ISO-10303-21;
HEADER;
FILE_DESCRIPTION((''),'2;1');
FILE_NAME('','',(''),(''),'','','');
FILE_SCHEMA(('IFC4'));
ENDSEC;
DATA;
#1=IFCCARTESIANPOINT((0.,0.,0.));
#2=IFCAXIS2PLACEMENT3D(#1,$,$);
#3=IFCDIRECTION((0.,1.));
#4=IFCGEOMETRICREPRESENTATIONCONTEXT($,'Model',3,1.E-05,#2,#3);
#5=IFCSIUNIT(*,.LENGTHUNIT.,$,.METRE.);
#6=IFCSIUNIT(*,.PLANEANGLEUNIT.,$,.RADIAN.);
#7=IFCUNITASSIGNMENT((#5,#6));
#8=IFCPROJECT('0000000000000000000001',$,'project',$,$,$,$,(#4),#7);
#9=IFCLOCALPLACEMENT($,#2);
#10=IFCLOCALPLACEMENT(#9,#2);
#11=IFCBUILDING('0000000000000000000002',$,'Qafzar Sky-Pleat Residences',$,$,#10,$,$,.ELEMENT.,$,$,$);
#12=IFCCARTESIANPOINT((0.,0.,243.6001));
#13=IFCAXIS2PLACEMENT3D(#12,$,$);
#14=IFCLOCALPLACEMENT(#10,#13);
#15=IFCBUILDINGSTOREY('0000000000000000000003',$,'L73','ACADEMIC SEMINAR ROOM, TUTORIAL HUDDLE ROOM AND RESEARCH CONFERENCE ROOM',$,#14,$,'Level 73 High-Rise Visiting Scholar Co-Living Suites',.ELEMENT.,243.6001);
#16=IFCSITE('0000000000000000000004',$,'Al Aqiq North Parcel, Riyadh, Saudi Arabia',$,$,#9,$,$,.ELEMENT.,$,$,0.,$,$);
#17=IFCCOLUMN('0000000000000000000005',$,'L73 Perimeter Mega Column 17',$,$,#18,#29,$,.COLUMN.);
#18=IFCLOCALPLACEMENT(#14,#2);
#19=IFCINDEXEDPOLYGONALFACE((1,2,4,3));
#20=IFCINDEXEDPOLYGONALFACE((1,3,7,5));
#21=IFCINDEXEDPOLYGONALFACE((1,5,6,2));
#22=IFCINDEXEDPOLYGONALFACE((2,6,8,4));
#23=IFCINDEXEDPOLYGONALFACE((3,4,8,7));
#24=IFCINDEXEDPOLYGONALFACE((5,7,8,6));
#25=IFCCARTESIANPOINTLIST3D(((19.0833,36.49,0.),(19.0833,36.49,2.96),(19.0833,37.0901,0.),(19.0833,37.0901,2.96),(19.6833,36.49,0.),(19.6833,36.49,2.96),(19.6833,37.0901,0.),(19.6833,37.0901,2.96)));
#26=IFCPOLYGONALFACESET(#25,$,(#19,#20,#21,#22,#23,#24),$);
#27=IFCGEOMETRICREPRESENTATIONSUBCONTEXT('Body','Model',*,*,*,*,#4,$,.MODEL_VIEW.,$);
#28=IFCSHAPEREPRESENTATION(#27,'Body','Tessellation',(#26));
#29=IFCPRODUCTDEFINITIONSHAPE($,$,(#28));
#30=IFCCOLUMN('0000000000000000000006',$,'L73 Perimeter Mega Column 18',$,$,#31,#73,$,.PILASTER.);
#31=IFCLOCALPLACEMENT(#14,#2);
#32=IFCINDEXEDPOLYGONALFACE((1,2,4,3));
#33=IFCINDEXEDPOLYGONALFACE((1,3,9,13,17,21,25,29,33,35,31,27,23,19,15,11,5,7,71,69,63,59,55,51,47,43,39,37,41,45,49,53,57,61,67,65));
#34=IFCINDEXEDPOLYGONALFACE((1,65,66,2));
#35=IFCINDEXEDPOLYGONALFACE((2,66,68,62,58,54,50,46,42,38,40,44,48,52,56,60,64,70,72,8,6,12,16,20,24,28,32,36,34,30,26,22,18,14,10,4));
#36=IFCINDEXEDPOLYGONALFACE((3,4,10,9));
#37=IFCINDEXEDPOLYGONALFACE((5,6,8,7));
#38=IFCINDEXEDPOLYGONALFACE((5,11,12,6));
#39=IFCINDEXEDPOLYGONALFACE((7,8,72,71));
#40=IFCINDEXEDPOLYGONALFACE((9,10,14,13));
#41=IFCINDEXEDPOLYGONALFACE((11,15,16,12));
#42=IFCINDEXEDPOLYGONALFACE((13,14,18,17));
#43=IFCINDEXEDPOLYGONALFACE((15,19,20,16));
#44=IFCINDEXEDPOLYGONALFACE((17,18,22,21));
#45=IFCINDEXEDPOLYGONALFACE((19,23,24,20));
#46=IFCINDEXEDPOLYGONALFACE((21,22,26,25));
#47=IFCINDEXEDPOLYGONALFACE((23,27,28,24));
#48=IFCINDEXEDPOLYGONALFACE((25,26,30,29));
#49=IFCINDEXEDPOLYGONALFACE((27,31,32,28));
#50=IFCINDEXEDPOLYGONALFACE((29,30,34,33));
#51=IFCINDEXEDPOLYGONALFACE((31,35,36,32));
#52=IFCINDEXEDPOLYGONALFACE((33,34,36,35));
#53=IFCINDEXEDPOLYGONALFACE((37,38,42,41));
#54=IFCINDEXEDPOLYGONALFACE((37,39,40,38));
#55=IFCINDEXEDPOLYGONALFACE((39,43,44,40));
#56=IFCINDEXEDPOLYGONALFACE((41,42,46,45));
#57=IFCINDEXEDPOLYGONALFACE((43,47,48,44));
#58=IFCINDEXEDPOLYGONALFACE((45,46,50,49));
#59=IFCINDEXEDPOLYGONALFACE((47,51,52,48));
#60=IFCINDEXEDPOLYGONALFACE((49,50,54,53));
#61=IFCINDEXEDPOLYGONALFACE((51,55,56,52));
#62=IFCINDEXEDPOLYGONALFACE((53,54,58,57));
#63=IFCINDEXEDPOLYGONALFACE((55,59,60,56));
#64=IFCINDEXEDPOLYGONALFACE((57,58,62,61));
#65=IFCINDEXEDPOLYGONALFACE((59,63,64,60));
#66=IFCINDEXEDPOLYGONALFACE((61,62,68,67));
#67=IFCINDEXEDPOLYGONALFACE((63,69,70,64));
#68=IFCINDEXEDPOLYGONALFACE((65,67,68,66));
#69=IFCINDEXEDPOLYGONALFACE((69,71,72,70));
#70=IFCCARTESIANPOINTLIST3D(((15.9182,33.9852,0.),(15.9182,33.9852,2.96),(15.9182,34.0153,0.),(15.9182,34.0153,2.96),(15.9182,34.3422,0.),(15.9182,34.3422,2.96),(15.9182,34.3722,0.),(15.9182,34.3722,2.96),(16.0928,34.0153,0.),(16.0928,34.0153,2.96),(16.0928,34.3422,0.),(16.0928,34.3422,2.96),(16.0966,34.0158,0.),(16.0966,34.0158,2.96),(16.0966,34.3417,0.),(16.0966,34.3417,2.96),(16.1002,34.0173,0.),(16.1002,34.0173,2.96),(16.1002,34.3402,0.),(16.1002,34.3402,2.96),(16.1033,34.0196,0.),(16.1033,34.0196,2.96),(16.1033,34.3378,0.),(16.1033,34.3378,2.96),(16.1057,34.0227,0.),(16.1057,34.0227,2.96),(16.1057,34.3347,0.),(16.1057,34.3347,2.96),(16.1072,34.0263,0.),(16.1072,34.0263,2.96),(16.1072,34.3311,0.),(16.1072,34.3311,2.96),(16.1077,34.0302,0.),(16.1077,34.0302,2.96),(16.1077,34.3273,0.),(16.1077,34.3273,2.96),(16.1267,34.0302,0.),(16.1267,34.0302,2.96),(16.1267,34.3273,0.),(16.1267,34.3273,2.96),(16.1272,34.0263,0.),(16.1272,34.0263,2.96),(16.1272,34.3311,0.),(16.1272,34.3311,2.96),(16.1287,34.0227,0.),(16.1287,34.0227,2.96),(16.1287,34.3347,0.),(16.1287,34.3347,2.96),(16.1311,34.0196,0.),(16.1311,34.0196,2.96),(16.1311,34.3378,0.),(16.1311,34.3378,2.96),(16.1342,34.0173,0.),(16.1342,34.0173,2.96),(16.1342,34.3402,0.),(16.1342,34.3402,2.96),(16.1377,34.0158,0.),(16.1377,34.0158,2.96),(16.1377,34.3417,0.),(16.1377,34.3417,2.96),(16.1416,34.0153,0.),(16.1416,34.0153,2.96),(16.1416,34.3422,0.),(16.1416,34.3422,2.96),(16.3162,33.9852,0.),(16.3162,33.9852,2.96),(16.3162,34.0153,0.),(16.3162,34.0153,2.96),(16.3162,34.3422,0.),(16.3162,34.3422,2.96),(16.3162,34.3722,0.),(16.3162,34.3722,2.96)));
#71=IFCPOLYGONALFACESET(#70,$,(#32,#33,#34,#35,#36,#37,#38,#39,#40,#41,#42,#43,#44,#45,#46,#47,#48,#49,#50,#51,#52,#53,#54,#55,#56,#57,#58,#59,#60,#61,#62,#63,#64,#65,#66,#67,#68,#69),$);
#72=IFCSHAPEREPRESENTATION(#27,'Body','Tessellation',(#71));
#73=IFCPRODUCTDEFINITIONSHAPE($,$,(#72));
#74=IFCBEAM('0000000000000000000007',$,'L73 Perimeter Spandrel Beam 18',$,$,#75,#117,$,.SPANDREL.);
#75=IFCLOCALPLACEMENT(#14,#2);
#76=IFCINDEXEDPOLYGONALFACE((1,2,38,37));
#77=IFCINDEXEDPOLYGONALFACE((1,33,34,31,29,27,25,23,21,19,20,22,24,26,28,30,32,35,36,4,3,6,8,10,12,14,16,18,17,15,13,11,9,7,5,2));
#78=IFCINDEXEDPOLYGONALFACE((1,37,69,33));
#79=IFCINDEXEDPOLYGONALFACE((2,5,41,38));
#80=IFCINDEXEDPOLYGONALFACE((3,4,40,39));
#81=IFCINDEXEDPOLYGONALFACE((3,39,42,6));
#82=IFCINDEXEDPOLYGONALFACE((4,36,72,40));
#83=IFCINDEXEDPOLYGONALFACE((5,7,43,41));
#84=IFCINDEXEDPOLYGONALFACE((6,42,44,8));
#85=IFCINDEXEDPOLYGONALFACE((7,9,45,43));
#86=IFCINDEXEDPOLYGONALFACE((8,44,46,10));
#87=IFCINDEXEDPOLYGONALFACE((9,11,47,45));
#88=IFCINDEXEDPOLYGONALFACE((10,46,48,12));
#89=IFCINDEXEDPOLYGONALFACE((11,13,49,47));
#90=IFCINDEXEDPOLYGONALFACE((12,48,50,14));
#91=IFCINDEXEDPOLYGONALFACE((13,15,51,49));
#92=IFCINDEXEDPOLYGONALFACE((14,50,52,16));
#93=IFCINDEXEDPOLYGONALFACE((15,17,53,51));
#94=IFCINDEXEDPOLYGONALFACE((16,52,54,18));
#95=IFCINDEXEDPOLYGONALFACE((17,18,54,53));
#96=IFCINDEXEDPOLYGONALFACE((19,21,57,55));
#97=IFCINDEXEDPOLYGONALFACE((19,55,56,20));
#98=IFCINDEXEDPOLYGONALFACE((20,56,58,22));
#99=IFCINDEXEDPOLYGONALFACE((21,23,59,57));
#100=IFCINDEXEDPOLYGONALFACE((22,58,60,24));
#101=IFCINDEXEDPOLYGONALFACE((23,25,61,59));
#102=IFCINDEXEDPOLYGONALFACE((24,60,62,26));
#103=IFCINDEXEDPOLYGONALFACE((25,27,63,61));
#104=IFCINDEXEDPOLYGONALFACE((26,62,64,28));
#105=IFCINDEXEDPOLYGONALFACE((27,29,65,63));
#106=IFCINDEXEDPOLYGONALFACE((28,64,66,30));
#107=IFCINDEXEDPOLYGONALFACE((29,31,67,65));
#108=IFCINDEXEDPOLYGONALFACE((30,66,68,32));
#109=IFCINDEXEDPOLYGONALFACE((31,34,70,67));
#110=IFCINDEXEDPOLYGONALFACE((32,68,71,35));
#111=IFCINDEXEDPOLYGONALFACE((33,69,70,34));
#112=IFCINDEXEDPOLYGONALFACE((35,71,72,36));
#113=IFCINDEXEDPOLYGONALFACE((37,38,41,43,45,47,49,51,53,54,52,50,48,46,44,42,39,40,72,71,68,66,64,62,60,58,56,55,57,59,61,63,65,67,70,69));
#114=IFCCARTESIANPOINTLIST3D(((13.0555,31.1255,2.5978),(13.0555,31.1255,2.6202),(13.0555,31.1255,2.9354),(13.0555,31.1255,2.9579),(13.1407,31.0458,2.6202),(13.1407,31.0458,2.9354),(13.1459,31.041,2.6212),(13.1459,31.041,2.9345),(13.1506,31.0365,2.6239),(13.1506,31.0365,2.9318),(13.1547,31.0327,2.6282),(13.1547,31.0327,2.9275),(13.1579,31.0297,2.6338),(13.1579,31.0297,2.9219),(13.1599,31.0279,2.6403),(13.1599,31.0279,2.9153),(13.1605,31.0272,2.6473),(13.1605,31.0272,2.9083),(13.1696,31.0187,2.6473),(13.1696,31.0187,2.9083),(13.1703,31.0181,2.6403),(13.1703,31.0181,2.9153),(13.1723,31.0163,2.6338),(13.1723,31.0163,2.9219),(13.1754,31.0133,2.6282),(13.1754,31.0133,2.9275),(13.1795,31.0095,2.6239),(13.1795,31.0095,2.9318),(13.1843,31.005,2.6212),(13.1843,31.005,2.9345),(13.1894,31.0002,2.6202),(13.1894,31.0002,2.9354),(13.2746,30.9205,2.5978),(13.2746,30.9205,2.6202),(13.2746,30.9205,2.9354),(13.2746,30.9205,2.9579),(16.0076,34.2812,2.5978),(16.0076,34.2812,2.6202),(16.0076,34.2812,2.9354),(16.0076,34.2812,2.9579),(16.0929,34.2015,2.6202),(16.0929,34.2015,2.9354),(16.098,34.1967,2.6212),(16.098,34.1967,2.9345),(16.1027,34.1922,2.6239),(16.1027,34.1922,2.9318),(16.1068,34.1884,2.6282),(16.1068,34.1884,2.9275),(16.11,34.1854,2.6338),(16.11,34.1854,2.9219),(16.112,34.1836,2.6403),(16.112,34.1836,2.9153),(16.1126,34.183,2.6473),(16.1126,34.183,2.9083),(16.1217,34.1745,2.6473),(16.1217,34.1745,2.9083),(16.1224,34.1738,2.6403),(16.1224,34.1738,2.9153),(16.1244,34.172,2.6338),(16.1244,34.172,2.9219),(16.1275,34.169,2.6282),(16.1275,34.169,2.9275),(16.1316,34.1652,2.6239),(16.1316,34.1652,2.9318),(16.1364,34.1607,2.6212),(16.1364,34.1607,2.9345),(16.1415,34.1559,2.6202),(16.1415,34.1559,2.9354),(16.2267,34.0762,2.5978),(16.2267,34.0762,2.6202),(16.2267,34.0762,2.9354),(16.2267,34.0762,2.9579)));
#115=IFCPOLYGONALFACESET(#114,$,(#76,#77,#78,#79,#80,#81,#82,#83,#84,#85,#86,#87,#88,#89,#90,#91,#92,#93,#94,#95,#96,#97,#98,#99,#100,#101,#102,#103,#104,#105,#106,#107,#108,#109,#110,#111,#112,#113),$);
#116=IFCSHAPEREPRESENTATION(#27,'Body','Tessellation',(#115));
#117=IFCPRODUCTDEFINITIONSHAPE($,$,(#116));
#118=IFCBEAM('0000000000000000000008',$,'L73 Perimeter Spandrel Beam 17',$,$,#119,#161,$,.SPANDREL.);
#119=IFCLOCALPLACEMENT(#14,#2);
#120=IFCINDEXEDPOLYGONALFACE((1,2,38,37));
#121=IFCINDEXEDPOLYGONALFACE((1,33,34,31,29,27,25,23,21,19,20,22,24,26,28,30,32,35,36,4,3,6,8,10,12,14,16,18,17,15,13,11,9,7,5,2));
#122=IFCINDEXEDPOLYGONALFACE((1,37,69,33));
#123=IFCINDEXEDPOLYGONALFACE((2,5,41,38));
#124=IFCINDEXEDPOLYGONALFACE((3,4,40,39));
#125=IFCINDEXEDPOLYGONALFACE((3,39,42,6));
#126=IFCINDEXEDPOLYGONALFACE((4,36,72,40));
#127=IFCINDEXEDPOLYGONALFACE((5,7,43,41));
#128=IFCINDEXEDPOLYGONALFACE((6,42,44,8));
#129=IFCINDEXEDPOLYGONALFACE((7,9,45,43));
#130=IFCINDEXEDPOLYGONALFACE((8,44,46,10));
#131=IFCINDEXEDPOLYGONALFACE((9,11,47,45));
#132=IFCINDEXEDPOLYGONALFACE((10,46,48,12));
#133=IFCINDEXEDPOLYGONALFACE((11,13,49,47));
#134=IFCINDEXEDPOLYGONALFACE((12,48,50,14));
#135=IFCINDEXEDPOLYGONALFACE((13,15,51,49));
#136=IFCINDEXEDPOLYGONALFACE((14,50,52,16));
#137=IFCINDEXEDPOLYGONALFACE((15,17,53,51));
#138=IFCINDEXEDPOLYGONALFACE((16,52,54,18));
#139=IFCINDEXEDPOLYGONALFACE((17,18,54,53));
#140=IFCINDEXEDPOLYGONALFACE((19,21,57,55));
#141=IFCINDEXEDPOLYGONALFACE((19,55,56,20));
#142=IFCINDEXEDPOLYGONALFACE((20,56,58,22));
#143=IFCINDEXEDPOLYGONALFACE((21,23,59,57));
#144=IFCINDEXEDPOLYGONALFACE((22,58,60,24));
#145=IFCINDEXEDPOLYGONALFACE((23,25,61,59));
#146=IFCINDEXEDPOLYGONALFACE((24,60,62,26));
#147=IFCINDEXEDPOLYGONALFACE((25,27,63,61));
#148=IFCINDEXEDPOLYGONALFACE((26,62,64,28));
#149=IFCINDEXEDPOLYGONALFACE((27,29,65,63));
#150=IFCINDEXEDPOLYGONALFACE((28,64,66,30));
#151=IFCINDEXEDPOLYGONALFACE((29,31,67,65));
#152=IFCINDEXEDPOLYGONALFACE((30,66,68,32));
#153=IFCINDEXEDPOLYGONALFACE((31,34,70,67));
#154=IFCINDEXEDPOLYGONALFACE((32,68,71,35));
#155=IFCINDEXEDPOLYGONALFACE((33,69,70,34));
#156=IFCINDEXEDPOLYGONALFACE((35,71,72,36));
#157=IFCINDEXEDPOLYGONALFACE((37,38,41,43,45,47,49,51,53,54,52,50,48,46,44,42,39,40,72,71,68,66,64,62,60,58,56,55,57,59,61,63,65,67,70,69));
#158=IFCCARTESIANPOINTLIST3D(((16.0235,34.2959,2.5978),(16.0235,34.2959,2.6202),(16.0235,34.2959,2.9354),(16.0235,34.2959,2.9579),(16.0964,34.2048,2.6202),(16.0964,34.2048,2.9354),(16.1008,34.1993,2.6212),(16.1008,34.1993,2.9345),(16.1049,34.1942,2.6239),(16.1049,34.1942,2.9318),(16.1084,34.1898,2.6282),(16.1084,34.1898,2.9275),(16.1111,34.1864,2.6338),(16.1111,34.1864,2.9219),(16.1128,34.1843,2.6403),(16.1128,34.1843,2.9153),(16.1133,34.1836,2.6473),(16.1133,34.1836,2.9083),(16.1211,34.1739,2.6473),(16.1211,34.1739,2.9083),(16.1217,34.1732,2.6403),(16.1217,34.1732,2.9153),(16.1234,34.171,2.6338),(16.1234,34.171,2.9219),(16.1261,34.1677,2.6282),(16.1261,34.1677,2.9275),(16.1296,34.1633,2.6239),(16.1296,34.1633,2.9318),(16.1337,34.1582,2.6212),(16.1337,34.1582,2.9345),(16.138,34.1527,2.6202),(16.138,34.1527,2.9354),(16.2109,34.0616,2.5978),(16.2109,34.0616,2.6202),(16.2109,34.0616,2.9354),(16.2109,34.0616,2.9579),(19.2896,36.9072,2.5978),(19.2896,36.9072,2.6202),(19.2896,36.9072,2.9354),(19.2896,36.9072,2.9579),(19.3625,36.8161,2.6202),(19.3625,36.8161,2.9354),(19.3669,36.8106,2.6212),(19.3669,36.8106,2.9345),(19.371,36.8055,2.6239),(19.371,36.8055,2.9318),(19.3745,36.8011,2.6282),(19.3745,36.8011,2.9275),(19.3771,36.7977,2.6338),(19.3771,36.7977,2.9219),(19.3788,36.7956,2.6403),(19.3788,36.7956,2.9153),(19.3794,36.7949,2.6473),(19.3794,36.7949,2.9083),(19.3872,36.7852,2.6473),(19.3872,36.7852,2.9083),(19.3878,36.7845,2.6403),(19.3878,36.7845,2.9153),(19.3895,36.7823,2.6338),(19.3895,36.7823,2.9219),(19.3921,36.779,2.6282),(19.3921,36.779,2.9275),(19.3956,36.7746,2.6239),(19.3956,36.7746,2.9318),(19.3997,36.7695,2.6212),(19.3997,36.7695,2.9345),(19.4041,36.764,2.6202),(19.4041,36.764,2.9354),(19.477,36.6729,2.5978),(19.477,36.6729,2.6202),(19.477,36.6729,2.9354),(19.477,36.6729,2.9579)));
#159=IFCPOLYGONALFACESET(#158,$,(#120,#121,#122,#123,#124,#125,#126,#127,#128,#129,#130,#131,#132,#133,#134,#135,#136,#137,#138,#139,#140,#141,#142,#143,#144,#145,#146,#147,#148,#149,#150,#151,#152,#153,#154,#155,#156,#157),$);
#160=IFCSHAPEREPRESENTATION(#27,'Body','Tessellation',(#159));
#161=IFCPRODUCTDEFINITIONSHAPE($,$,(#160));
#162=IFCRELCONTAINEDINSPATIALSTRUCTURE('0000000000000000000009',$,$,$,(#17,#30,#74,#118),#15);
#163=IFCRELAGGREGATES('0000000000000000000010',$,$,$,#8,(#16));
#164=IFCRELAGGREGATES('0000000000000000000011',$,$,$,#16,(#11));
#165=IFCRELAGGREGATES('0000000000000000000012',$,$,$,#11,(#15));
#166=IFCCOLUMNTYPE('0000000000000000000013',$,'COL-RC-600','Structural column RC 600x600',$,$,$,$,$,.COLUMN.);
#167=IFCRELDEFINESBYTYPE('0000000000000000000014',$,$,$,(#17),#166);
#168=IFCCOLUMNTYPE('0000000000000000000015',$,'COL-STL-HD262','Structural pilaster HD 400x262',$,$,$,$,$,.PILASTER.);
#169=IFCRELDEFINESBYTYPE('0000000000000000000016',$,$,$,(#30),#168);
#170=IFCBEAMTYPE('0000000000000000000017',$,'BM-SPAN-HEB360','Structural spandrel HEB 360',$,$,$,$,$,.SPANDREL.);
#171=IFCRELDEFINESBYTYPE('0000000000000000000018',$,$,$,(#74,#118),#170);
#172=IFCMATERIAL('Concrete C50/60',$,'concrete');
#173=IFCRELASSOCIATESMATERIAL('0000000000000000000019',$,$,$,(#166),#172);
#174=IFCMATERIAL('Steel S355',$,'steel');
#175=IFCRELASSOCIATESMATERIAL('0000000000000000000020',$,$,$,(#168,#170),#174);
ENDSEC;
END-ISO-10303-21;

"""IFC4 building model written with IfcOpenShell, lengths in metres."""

from ifc_helpers import new_model, si_unit, direction, frame, origin, origin_2d, place, context, subcontext, project, spatial, rectangle, i_section, extrude, source, transform, mapped, material, material_profile, profile_set, type_object, element, save


model = new_model("IFC4")

# Units and contexts
model_context = context("Model", 3, precision=1e-05, world=origin(), true_north=direction((0.0, 1.0)))
body_context = subcontext(model_context, "Body", "Model", "MODEL_VIEW")
ifc_project = project(units=[si_unit("LENGTHUNIT", "METRE"), si_unit("PLANEANGLEUNIT", "RADIAN")], contexts=[model_context])

# Site, building, storey
site_placement = place(None, origin())
site = spatial("IfcSite", under=ifc_project, at=site_placement, Name="Al Aqiq North Parcel, Riyadh, Saudi Arabia", CompositionType="ELEMENT", RefElevation=0.0)
building_placement = place(site_placement, origin())
building = spatial("IfcBuilding", under=site, at=building_placement, Name="Qafzar Sky-Pleat Residences", CompositionType="ELEMENT")
storey_placement = place(building_placement, frame((0.0, 0.0, 243.6001)))
storey = spatial("IfcBuildingStorey", under=building, at=storey_placement, Name="L73", Description="ACADEMIC SEMINAR ROOM, TUTORIAL HUDDLE ROOM AND RESEARCH CONFERENCE ROOM", LongName="Level 73 High-Rise Visiting Scholar Co-Living Suites", CompositionType="ELEMENT", Elevation=243.6001)

# Columns
ifc_material_1 = material(Name="Concrete C50/60", Category="concrete")
ifc_material_profile_1 = material_profile(ifc_material_1, rectangle(XDim=0.6001, YDim=0.6001, at=origin_2d()), Name="RC 600x600")
ifc_profile_set_1 = profile_set([ifc_material_profile_1], Name="Concrete C50/60")
column_type_1 = type_object("IfcColumnType", Name="COL-RC-600", Description="Structural column RC 600x600", PredefinedType="COLUMN", material=ifc_profile_set_1)
shared_shape_1 = source(origin(), body_context, "Body", "SweptSolid", [
    extrude(rectangle(XDim=0.6001, YDim=0.6001, at=origin_2d()), origin(), (0.0, 0.0, 1.0), 2.96),
])
column_1_placement = place(storey_placement, frame((19.3833, 36.79, 0.0), z_axis=(0.0, 0.0, 1.0), x_axis=(1.0, 0.0, 0.0)))
element("IfcColumn", 1, at=column_1_placement, inside=storey, type_object=column_type_1, Name="L73 Perimeter Mega Column 17", PredefinedType="COLUMN", context=body_context, shape_type="MappedRepresentation", body=[
    mapped(shared_shape_1, transform((0.0, 0.0, 0.0), x_axis=(1.0, 0.0, 0.0), y_axis=(0.0, 1.0, 0.0), z_axis=(0.0, 0.0, 1.0), scale=1.0)),
])
ifc_material_2 = material(Name="Steel S355", Category="steel")
ifc_material_profile_2 = material_profile(ifc_material_2, i_section(OverallWidth=0.3979, OverallDepth=0.387, WebThickness=0.019, FlangeThickness=0.03, FilletRadius=0.0149, at=origin_2d()), Name="HD 400x262")
ifc_profile_set_2 = profile_set([ifc_material_profile_2], Name="Steel S355")
column_type_2 = type_object("IfcColumnType", Name="COL-STL-HD262", Description="Structural pilaster HD 400x262", PredefinedType="PILASTER", material=ifc_profile_set_2)
shared_shape_2 = source(origin(), body_context, "Body", "SweptSolid", [
    extrude(i_section(OverallWidth=0.3979, OverallDepth=0.387, WebThickness=0.019, FlangeThickness=0.03, FilletRadius=0.0149, at=origin_2d()), origin(), (0.0, 0.0, 1.0), 2.96),
])
column_2_placement = place(storey_placement, frame((16.1172, 34.1787, 0.0), z_axis=(0.0, 0.0, 1.0), x_axis=(1.0, 0.0, 0.0)))
element("IfcColumn", 2, at=column_2_placement, inside=storey, type_object=column_type_2, Name="L73 Perimeter Mega Column 18", PredefinedType="PILASTER", context=body_context, shape_type="MappedRepresentation", body=[
    mapped(shared_shape_2, transform((0.0, 0.0, 0.0), x_axis=(1.0, 0.0, 0.0), y_axis=(0.0, 1.0, 0.0), z_axis=(0.0, 0.0, 1.0), scale=1.0)),
])

# Beams
ifc_material_profile_3 = material_profile(ifc_material_2, i_section(OverallWidth=0.3, OverallDepth=0.3601, WebThickness=0.0125, FlangeThickness=0.0225, FilletRadius=0.0271, at=origin_2d()), Name="HEB 360")
ifc_profile_set_3 = profile_set([ifc_material_profile_3], Name="Steel S355")
beam_type_1 = type_object("IfcBeamType", Name="BM-SPAN-HEB360", Description="Structural spandrel HEB 360", PredefinedType="SPANDREL", material=ifc_profile_set_3)
shared_shape_3 = source(origin(), body_context, "Body", "SweptSolid", [
    extrude(i_section(OverallWidth=0.3, OverallDepth=0.3601, WebThickness=0.0125, FlangeThickness=0.0225, FilletRadius=0.0271, at=origin_2d()), origin(), (0.0, 0.0, 1.0), 4.3213),
])
beam_1_placement = place(storey_placement, frame((16.1172, 34.1787, 2.7778), z_axis=(-0.683155, -0.730273, 0.0), x_axis=(0.730273, -0.683155, 0.0)))
element("IfcBeam", 3, at=beam_1_placement, inside=storey, type_object=beam_type_1, Name="L73 Perimeter Spandrel Beam 18", PredefinedType="SPANDREL", context=body_context, shape_type="MappedRepresentation", body=[
    mapped(shared_shape_3, transform((0.0, 0.0, 0.0), x_axis=(1.0, 0.0, 0.0), y_axis=(0.0, 1.0, 0.0), z_axis=(0.0, 0.0, 1.0), scale=1.0)),
])
shared_shape_4 = source(origin(), body_context, "Body", "SweptSolid", [
    extrude(i_section(OverallWidth=0.3, OverallDepth=0.3601, WebThickness=0.0125, FlangeThickness=0.0225, FilletRadius=0.0271, at=origin_2d()), origin(), (0.0, 0.0, 1.0), 4.1816),
])
beam_2_placement = place(storey_placement, frame((19.3833, 36.79, 2.7778), z_axis=(-0.781051, -0.624467, 0.0), x_axis=(0.624467, -0.781051, 0.0)))
element("IfcBeam", 4, at=beam_2_placement, inside=storey, type_object=beam_type_1, Name="L73 Perimeter Spandrel Beam 17", PredefinedType="SPANDREL", context=body_context, shape_type="MappedRepresentation", body=[
    mapped(shared_shape_4, transform((0.0, 0.0, 0.0), x_axis=(1.0, 0.0, 0.0), y_axis=(0.0, 1.0, 0.0), z_axis=(0.0, 0.0, 1.0), scale=1.0)),
])

save(model, "model.ifc")
